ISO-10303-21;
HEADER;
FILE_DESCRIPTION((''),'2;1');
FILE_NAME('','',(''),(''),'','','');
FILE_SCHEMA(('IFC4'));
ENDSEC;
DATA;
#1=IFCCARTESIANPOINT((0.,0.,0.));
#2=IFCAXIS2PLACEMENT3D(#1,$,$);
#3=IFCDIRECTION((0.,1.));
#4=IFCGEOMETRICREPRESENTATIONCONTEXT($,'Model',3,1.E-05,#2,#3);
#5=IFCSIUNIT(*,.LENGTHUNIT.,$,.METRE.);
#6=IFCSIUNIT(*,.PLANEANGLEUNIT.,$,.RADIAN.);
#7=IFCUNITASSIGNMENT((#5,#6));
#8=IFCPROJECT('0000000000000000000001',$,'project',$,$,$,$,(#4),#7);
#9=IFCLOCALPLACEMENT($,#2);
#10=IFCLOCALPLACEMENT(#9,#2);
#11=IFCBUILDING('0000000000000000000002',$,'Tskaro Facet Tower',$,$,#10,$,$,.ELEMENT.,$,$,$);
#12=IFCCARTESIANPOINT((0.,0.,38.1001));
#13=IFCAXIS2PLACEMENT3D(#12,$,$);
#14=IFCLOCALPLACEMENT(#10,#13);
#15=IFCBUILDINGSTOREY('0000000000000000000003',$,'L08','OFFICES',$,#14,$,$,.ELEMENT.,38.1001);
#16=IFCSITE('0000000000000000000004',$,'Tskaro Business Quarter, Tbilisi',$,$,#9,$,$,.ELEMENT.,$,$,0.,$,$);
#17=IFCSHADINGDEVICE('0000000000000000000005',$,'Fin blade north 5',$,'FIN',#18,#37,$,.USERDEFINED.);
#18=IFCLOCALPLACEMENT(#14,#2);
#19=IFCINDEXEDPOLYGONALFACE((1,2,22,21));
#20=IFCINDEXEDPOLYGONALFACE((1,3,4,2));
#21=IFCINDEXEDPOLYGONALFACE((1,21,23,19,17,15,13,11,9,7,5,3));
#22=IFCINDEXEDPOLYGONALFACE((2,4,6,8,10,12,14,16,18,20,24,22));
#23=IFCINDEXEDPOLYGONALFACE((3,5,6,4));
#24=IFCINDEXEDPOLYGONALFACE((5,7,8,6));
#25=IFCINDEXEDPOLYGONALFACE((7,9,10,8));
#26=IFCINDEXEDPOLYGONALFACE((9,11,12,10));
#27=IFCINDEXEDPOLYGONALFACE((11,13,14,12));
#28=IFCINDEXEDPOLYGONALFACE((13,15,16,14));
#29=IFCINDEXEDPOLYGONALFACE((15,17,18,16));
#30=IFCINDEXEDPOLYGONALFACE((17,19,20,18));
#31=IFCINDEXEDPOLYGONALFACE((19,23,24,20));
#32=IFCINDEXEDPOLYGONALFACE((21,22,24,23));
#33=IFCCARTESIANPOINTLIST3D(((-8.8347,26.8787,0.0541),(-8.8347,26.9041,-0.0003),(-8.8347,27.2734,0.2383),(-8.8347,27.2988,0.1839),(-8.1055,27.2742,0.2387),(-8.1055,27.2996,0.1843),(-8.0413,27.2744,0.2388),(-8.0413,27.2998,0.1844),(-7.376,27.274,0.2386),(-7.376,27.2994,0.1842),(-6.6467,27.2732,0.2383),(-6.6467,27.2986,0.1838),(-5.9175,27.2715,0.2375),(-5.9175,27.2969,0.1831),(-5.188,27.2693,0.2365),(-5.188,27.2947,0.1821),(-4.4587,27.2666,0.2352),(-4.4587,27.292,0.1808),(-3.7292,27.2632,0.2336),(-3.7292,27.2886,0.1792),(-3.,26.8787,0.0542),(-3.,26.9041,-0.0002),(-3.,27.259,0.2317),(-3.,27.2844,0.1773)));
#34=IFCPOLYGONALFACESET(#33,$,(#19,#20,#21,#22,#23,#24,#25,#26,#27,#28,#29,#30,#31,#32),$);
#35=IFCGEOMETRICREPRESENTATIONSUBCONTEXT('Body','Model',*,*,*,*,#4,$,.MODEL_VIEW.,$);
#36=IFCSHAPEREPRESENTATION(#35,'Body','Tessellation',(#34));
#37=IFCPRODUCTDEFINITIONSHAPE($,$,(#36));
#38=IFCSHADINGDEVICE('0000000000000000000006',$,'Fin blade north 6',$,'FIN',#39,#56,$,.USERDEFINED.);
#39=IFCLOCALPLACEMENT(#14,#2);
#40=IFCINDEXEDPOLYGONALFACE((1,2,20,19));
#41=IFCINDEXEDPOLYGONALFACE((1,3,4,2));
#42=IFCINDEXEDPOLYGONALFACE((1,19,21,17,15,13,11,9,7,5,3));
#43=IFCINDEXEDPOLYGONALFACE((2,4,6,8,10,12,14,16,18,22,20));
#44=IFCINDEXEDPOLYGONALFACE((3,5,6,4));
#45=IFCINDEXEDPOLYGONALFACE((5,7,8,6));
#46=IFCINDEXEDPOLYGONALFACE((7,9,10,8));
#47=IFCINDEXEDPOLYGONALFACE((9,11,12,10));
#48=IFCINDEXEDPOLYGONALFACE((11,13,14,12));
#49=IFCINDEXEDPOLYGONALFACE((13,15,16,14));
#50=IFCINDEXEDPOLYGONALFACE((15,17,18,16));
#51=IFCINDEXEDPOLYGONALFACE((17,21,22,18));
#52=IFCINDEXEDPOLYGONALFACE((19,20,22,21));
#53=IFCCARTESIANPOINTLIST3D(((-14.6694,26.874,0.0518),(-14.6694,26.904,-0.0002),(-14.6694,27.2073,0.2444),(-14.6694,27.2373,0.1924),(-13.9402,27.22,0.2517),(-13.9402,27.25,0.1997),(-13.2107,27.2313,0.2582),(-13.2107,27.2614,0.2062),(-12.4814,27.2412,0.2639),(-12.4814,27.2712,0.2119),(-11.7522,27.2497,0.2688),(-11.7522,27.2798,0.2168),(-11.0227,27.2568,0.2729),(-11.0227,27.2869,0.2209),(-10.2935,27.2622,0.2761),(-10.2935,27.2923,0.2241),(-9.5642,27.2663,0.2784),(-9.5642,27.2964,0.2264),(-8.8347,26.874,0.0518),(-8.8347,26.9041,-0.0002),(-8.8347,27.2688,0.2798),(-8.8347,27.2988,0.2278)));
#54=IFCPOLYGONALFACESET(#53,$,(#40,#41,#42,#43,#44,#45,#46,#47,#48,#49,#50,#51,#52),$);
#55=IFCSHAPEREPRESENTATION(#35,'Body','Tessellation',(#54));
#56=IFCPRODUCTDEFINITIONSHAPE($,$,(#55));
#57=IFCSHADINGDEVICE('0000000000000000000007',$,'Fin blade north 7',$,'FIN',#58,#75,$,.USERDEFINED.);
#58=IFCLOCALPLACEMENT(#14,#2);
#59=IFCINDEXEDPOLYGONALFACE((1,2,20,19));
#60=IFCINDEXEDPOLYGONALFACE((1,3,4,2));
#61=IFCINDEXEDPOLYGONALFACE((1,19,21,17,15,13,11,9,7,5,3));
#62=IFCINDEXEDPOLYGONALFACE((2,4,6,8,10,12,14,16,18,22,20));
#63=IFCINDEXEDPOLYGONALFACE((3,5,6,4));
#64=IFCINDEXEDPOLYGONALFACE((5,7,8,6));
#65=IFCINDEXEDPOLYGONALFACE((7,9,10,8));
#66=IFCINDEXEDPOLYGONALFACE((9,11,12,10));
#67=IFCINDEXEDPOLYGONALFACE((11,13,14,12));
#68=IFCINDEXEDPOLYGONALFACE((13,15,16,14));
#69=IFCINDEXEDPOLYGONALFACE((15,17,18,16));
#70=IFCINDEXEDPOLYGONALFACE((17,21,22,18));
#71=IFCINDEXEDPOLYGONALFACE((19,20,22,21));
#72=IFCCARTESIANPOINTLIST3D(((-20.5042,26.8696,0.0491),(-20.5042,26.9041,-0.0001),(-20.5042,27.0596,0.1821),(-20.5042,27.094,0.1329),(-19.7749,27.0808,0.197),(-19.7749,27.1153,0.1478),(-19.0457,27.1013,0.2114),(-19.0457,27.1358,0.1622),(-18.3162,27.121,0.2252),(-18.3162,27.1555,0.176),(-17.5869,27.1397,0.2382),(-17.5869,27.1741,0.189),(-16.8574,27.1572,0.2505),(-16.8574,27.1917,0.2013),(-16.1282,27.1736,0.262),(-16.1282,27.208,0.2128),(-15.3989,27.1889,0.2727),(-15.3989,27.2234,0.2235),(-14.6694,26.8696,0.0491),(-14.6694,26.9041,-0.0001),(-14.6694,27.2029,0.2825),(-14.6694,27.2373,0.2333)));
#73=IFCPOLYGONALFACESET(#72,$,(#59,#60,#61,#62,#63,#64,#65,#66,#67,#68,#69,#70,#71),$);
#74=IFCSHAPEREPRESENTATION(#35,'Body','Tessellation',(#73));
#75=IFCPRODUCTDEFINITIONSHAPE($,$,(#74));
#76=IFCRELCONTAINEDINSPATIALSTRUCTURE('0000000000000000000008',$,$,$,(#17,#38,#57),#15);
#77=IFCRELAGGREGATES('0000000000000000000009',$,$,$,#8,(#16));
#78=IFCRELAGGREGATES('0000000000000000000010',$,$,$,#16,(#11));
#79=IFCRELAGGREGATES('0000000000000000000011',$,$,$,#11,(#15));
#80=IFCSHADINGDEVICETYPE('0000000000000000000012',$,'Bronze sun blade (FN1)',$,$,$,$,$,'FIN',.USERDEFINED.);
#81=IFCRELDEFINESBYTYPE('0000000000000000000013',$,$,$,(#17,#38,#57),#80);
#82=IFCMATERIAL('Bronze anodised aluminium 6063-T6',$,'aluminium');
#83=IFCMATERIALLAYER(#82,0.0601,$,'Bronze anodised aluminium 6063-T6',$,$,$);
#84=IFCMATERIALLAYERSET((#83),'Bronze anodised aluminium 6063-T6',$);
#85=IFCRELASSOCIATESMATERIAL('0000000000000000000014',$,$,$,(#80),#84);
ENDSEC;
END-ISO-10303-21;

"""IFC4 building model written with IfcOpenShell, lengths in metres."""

from ifc_helpers import new_model, si_unit, direction, frame, origin, place, context, subcontext, project, spatial, polyline, outline, extrude, material, layer, layer_set, type_object, element, save


model = new_model("IFC4")

# Units and contexts
model_context = context("Model", 3, precision=1e-05, world=origin(), true_north=direction((0.0, 1.0)))
body_context = subcontext(model_context, "Body", "Model", "MODEL_VIEW")
ifc_project = project(units=[si_unit("LENGTHUNIT", "METRE"), si_unit("PLANEANGLEUNIT", "RADIAN")], contexts=[model_context])

# Site, building, storey
site_placement = place(None, origin())
site = spatial("IfcSite", under=ifc_project, at=site_placement, Name="Tskaro Business Quarter, Tbilisi", CompositionType="ELEMENT", RefElevation=0.0)
building_placement = place(site_placement, origin())
building = spatial("IfcBuilding", under=site, at=building_placement, Name="Tskaro Facet Tower", CompositionType="ELEMENT")
storey_placement = place(building_placement, frame((0.0, 0.0, 38.1001)))
storey = spatial("IfcBuildingStorey", under=building, at=storey_placement, Name="L08", Description="OFFICES", CompositionType="ELEMENT", Elevation=38.1001)

# Shared definitions
ifc_material_1 = material(Name="Bronze anodised aluminium 6063-T6", Category="aluminium")

# Shading devices
ifc_layer_1 = layer(ifc_material_1, 0.0601, Name="Bronze anodised aluminium 6063-T6")
ifc_layer_set_1 = layer_set([ifc_layer_1], Name="Bronze anodised aluminium 6063-T6")
shading_device_type = type_object("IfcShadingDeviceType", Name="Bronze sun blade (FN1)", ElementType="FIN", PredefinedType="USERDEFINED", material=ifc_layer_set_1)
shading_device_1_placement = place(storey_placement, frame((-3.0, 26.8787, 0.0542), z_axis=(-0.00001, -0.422867, 0.906192), x_axis=(-1.0, 0.000004, -0.000009)))
element("IfcShadingDevice", 1, at=shading_device_1_placement, inside=storey, type_object=shading_device_type, Name="Fin blade north 5", ObjectType="FIN", PredefinedType="USERDEFINED", context=body_context, shape_type="SweptSolid", body=[
    extrude(outline(polyline([(0.0, 0.0), (5.8347, 0.0), (5.8347, -0.4356), (5.1055, -0.4365), (5.0413, -0.4367), (4.376, -0.4362), (3.6467, -0.4354), (2.9175, -0.4335), (2.188, -0.4311), (1.4587, -0.428), (0.7292, -0.4243), (0.0, -0.4197), (0.0, 0.0)])), origin(), (0.0, 0.0, -1.0), 0.0601),
])
shading_device_2_placement = place(storey_placement, frame((-8.8347, 26.874, 0.0518), z_axis=(0.00001, -0.500233, 0.865891), x_axis=(-1.0, -0.000005, 0.000009)))
element("IfcShadingDevice", 2, at=shading_device_2_placement, inside=storey, type_object=shading_device_type, Name="Fin blade north 6", ObjectType="FIN", PredefinedType="USERDEFINED", context=body_context, shape_type="SweptSolid", body=[
    extrude(outline(polyline([(0.0, 0.0), (5.8347, 0.0), (5.8347, -0.3849), (5.1055, -0.3996), (4.376, -0.4127), (3.6467, -0.4241), (2.9175, -0.4339), (2.188, -0.4421), (1.4587, -0.4484), (0.7295, -0.4531), (0.0, -0.4559), (0.0, 0.0)])), origin(), (0.0, 0.0, -1.0), 0.0601),
])
shading_device_3_placement = place(storey_placement, frame((-14.6694, 26.8696, 0.0491), z_axis=(0.000003, -0.573698, 0.819067), x_axis=(-1.0, -0.000002, 0.000002)))
element("IfcShadingDevice", 3, at=shading_device_3_placement, inside=storey, type_object=shading_device_type, Name="Fin blade north 7", ObjectType="FIN", PredefinedType="USERDEFINED", context=body_context, shape_type="SweptSolid", body=[
    extrude(outline(polyline([(0.0, 0.0), (5.8347, 0.0), (5.8347, -0.2319), (5.1055, -0.2579), (4.3762, -0.2829), (3.6467, -0.307), (2.9175, -0.3297), (2.188, -0.3511), (1.4587, -0.3711), (0.7295, -0.3899), (0.0, -0.4069), (0.0, 0.0)])), origin(), (0.0, 0.0, -1.0), 0.0601),
])

save(model, "model.ifc")
